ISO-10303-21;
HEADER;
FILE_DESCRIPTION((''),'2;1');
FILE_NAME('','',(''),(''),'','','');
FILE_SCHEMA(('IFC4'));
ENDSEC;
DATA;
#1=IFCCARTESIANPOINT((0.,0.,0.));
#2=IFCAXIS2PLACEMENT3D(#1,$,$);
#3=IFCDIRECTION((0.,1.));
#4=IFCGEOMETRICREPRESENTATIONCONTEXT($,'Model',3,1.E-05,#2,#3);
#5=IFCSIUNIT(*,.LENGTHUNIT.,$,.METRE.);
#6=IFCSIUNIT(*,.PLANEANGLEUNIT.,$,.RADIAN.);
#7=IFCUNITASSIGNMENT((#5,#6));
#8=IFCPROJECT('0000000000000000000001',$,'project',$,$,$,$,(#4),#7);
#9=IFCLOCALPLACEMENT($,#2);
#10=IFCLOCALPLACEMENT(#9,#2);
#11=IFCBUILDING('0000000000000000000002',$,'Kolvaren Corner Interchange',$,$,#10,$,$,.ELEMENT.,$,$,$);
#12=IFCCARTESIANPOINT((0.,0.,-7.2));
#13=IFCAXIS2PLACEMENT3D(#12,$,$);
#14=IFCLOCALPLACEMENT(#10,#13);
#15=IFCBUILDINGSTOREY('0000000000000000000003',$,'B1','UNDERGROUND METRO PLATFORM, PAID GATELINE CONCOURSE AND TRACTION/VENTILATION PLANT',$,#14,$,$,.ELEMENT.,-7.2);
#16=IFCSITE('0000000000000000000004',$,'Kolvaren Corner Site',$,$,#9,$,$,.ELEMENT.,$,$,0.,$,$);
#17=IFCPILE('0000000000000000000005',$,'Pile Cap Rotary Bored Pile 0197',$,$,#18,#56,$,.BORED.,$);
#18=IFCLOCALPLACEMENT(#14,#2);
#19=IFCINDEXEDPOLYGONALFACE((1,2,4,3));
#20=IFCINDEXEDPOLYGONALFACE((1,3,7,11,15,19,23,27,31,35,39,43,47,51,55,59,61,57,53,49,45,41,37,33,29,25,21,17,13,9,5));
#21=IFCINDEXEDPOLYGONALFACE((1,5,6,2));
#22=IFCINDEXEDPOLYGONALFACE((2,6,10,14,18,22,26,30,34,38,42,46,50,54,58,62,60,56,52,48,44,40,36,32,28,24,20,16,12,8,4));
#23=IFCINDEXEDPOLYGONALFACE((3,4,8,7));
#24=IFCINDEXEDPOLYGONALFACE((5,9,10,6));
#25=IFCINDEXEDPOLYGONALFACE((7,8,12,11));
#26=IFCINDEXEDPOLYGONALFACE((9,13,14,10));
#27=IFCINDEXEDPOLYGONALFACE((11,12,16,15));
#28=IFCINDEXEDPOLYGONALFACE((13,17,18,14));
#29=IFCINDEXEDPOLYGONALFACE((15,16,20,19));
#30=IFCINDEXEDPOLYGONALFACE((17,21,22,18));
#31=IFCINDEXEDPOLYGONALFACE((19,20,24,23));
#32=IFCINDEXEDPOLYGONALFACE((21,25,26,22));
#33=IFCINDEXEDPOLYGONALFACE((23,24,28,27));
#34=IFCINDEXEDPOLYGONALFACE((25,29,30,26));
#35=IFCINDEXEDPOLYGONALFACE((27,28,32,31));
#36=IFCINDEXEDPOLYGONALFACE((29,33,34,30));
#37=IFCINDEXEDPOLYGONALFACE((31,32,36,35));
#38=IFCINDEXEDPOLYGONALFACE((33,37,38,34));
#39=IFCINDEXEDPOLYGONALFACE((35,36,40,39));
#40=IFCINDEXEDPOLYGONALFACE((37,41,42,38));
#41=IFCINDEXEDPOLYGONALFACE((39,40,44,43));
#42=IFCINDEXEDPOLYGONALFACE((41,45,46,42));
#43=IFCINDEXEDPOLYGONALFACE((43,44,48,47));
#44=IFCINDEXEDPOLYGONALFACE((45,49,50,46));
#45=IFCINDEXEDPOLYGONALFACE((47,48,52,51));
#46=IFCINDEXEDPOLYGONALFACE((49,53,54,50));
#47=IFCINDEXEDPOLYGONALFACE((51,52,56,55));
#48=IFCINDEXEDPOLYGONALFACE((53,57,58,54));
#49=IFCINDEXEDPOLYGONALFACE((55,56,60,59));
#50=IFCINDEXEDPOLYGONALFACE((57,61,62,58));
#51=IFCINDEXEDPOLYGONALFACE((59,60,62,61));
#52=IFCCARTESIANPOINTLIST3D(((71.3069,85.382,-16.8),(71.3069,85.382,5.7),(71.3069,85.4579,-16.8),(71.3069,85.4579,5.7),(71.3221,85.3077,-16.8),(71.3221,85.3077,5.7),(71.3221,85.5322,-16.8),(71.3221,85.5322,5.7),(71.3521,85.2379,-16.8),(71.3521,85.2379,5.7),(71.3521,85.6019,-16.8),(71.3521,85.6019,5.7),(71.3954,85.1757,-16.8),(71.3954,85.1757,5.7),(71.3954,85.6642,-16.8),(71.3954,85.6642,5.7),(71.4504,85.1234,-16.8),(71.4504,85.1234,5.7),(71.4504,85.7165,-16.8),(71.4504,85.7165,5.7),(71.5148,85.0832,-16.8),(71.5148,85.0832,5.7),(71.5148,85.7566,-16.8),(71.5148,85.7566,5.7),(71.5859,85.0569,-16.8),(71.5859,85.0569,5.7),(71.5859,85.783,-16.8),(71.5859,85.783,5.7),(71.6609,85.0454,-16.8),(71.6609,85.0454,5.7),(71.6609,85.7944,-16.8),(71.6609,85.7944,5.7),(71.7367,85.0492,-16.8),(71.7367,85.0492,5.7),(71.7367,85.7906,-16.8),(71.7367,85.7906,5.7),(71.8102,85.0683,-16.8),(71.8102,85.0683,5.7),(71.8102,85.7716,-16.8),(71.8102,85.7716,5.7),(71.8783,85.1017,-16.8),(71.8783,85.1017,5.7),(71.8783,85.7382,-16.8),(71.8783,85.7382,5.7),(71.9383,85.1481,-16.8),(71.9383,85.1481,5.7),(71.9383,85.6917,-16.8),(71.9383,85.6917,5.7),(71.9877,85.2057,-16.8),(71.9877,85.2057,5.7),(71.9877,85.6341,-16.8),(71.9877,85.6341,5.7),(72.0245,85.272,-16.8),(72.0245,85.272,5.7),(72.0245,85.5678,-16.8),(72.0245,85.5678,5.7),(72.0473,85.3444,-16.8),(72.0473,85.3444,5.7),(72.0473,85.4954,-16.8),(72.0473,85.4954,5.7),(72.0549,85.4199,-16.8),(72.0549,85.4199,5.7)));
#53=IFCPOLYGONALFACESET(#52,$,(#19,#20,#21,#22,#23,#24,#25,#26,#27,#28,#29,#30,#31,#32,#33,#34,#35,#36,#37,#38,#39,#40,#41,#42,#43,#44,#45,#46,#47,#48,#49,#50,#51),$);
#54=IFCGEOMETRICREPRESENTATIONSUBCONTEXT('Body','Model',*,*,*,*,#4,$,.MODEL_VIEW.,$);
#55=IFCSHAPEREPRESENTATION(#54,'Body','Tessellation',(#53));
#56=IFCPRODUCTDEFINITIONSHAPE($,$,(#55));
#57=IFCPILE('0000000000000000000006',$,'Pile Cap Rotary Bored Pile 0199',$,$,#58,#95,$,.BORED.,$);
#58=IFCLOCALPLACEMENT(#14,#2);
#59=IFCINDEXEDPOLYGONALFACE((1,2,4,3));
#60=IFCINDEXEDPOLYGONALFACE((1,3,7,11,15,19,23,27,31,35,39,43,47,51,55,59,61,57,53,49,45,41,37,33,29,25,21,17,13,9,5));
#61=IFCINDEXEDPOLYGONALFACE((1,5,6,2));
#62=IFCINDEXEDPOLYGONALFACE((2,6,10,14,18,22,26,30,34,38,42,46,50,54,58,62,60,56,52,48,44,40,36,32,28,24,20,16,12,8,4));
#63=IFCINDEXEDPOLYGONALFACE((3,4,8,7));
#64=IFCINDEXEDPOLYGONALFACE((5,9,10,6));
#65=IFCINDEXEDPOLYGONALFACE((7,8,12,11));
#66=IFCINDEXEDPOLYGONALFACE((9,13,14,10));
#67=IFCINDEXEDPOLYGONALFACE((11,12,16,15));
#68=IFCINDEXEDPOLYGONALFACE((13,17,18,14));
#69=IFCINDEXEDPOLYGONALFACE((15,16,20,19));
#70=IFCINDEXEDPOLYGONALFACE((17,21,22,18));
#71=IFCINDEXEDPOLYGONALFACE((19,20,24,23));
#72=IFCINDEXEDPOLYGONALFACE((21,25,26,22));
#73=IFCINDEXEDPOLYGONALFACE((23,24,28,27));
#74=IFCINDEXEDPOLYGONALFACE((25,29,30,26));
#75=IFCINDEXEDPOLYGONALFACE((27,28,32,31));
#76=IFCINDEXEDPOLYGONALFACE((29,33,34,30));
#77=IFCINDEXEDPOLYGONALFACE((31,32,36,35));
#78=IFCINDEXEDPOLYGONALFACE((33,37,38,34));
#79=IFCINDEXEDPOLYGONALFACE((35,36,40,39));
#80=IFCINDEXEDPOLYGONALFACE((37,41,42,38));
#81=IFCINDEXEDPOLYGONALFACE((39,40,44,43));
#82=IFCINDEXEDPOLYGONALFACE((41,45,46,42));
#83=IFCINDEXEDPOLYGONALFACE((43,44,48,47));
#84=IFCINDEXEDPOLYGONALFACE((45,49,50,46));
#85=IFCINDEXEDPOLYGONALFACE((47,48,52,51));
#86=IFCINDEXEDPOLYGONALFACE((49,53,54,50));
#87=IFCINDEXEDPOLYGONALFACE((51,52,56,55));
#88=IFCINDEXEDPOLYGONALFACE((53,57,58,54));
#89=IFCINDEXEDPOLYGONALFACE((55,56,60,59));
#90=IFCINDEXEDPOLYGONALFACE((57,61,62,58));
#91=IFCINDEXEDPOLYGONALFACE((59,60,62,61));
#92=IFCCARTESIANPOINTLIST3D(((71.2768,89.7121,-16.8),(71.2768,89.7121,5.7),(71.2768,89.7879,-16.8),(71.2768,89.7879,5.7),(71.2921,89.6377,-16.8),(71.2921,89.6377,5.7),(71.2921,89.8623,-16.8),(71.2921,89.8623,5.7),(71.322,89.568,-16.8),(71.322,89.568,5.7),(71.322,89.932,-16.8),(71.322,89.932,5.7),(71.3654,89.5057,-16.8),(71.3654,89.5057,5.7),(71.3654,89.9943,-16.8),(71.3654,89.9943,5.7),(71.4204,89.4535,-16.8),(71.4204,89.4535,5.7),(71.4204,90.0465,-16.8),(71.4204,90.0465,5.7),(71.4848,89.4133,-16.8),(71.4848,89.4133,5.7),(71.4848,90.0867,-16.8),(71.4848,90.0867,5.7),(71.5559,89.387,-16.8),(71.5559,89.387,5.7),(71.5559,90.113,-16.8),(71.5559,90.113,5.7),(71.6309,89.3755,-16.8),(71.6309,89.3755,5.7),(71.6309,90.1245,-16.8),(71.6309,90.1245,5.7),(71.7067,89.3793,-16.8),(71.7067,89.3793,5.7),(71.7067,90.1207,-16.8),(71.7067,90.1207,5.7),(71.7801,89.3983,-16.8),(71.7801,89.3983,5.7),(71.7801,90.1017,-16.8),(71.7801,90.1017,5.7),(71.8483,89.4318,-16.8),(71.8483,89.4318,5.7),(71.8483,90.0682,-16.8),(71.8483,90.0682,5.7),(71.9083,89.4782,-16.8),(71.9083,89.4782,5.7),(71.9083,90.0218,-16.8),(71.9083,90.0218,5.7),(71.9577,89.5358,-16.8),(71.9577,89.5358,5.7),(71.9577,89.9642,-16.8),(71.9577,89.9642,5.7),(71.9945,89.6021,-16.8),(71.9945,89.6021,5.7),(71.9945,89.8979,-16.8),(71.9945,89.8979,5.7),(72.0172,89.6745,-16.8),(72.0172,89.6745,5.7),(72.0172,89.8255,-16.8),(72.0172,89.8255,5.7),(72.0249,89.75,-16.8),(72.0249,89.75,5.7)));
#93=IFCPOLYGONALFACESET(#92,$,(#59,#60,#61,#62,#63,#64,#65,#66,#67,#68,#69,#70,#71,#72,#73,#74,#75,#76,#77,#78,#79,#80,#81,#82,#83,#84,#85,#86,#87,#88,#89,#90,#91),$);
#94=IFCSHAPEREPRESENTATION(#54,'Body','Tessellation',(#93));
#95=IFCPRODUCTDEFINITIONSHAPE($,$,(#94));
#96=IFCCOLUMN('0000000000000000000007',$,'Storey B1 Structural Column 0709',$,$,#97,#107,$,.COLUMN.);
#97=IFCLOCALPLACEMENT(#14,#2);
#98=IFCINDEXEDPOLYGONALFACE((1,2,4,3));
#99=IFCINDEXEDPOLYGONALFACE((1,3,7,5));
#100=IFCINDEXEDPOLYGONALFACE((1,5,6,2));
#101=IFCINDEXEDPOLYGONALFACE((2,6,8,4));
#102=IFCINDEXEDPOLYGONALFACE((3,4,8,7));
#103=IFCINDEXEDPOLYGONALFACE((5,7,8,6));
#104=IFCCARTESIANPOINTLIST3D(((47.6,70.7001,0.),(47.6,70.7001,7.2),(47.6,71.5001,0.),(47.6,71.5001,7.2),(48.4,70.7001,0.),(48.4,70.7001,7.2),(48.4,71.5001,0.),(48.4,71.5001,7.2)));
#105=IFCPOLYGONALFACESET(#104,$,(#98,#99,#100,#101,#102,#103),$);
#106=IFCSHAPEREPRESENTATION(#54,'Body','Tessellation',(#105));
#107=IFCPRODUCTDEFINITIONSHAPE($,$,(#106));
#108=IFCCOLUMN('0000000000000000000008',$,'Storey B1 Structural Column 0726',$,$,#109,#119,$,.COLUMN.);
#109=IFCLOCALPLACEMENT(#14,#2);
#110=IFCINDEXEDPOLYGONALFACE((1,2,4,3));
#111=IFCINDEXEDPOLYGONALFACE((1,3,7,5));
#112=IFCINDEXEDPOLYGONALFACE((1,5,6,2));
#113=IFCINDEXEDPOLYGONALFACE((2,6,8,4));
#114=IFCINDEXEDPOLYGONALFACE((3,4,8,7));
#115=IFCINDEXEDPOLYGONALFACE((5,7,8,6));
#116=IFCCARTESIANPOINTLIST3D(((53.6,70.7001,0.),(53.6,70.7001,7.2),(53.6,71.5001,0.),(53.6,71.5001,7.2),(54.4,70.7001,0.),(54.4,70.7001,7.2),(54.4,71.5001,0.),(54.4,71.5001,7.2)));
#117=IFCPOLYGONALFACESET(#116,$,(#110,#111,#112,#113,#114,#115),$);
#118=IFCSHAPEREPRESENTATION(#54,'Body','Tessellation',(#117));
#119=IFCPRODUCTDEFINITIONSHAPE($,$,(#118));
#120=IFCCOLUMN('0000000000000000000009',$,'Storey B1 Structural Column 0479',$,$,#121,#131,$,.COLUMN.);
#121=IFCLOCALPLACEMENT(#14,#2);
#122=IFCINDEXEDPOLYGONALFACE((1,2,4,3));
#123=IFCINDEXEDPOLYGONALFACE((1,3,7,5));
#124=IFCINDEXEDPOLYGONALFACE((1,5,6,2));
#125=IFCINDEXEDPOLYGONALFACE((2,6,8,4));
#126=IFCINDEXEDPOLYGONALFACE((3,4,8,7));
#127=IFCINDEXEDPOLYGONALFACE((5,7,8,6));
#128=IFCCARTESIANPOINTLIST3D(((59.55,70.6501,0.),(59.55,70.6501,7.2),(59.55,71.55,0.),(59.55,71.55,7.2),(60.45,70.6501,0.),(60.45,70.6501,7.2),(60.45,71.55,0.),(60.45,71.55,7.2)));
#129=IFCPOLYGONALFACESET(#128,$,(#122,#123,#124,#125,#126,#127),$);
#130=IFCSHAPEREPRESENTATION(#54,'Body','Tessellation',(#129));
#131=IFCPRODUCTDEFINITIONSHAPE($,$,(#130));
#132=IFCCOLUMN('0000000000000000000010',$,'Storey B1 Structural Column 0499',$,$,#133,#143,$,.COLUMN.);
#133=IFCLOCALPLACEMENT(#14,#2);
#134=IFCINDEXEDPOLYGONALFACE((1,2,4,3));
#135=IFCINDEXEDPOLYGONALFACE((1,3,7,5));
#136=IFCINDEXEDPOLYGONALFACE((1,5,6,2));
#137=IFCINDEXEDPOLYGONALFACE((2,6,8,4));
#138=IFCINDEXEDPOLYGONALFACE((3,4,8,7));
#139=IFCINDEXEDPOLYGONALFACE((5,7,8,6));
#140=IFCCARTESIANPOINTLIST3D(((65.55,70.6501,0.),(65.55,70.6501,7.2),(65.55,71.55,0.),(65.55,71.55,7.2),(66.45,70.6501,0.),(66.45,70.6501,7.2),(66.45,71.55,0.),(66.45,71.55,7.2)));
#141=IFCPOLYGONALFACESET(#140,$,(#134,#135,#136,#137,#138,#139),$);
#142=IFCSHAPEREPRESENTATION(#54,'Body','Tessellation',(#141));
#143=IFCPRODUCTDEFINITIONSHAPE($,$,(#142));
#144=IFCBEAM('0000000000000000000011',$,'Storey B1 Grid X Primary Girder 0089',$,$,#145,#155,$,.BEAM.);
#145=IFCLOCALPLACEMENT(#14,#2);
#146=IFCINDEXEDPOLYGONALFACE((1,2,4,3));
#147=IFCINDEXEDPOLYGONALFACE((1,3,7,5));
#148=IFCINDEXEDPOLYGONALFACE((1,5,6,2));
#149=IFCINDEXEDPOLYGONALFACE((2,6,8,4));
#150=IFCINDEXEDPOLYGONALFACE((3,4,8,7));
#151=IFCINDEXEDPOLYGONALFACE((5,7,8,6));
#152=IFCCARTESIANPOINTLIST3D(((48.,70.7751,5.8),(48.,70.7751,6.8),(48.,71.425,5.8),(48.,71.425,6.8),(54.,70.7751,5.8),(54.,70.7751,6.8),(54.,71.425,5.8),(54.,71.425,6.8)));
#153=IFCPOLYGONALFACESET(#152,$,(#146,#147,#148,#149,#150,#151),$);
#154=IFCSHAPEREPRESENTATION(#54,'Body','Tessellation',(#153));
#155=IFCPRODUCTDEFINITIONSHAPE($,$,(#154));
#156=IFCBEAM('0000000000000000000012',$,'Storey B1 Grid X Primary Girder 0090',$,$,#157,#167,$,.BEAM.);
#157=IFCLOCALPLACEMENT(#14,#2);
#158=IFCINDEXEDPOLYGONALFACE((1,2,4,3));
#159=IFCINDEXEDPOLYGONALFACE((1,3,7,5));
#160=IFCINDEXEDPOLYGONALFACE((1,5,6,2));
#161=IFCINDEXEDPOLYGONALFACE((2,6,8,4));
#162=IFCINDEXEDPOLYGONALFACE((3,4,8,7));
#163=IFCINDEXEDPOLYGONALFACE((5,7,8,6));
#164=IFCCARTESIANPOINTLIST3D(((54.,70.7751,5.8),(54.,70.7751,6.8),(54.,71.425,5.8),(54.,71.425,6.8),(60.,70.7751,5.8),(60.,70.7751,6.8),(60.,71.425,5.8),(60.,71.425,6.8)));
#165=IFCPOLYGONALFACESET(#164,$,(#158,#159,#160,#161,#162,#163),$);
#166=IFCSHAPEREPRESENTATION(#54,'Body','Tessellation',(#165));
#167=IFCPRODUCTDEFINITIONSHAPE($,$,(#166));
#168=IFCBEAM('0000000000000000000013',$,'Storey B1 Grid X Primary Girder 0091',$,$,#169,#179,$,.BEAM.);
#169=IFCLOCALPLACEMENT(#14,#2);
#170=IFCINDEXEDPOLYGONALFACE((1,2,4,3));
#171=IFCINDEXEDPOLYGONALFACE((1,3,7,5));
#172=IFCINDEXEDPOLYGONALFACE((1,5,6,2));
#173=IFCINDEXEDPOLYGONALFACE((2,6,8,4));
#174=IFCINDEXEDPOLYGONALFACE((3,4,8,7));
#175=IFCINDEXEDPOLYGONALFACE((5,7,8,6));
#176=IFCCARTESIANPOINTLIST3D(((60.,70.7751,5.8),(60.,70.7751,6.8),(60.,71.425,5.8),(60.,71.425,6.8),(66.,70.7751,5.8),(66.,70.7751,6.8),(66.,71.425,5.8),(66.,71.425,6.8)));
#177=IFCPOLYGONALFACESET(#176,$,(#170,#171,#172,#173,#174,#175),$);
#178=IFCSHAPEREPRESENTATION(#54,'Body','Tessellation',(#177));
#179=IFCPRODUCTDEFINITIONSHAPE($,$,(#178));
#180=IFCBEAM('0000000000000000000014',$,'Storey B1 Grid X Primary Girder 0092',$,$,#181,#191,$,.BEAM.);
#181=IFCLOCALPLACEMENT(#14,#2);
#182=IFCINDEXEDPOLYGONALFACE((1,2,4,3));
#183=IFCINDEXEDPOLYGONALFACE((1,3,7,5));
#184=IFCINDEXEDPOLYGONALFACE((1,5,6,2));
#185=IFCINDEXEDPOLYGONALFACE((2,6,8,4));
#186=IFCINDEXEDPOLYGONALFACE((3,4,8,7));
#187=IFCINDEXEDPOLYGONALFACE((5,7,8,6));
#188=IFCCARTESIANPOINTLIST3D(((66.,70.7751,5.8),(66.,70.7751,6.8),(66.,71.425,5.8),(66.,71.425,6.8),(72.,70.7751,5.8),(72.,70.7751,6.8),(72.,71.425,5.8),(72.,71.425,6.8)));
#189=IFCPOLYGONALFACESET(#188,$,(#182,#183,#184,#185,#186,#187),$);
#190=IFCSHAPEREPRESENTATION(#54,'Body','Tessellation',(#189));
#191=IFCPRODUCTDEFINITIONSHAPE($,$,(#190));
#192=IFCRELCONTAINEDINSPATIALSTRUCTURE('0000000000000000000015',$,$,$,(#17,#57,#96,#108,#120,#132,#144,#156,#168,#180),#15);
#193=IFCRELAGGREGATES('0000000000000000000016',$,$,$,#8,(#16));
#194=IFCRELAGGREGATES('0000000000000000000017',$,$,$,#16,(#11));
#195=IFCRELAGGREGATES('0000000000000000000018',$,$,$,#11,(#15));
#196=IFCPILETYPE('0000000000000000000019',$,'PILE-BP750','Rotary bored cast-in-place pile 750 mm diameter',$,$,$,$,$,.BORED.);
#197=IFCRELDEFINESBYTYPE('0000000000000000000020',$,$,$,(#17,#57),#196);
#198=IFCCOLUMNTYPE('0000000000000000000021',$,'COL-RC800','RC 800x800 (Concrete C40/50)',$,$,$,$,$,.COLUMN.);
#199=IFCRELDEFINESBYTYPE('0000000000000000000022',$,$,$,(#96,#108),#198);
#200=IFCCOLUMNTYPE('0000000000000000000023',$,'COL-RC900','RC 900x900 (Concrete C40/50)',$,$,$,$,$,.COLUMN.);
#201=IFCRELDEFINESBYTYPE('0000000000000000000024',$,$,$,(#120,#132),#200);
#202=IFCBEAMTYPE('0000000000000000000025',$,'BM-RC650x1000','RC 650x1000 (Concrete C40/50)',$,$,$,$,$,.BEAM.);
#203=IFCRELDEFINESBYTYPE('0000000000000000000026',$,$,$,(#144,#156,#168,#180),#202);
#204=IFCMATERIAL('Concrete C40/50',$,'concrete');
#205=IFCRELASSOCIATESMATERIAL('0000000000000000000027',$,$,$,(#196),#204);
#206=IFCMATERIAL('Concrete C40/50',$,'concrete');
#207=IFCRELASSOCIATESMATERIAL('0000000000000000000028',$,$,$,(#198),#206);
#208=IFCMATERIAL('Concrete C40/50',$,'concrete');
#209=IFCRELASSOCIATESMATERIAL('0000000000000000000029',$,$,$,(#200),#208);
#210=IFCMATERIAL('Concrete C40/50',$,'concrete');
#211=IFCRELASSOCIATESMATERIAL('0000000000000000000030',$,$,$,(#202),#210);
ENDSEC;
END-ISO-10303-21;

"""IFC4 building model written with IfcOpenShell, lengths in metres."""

from ifc_helpers import new_model, si_unit, direction, frame, origin, origin_2d, place, context, subcontext, project, spatial, rectangle, circle, extrude, material, material_profile, profile_set, type_object, element, save


model = new_model("IFC4")

# Units and contexts
model_context = context("Model", 3, precision=1e-05, world=origin(), true_north=direction((0.0, 1.0)))
body_context = subcontext(model_context, "Body", "Model", "MODEL_VIEW")
ifc_project = project(units=[si_unit("LENGTHUNIT", "METRE"), si_unit("PLANEANGLEUNIT", "RADIAN")], contexts=[model_context])

# Site, building, storey
site_placement = place(None, origin())
site = spatial("IfcSite", under=ifc_project, at=site_placement, Name="Kolvaren Corner Site", CompositionType="ELEMENT", RefElevation=0.0)
building_placement = place(site_placement, origin())
building = spatial("IfcBuilding", under=site, at=building_placement, Name="Kolvaren Corner Interchange", CompositionType="ELEMENT")
storey_placement = place(building_placement, frame((0.0, 0.0, -7.2)))
storey = spatial("IfcBuildingStorey", under=building, at=storey_placement, Name="B1", Description="UNDERGROUND METRO PLATFORM, PAID GATELINE CONCOURSE AND TRACTION/VENTILATION PLANT", CompositionType="ELEMENT", Elevation=-7.2)

# Piles
ifc_material_1 = material(Name="Concrete C40/50", Category="concrete")
ifc_material_profile_1 = material_profile(ifc_material_1, circle(Radius=0.375, at=origin_2d()), Name="BORED PILE 750")
ifc_profile_set_1 = profile_set([ifc_material_profile_1], Name="Concrete C40/50")
pile_type_1 = type_object("IfcPileType", Name="PILE-BP750", Description="Rotary bored cast-in-place pile 750 mm diameter", PredefinedType="BORED", material=ifc_profile_set_1)
for number, where, z_axis, x_axis, name in (
    (1, (71.6799, 85.4199, 5.7), (0.0, 0.0, -1.0), (1.0, 0.0, 0.0), "Pile Cap Rotary Bored Pile 0197"),
    (2, (71.6499, 89.75, 5.7), (0.0, 0.0, -1.0), (1.0, 0.0, 0.0), "Pile Cap Rotary Bored Pile 0199"),
):
    element("IfcPile", number, at=place(storey_placement, frame(where, z_axis=z_axis, x_axis=x_axis)), inside=storey, type_object=pile_type_1, Name=name, PredefinedType="BORED", context=body_context, shape_type="SweptSolid", body=[
        extrude(circle(Radius=0.375, at=origin_2d()), origin(), (0.0, 0.0, 1.0), 22.5),
    ])

# Columns
ifc_material_2 = material(Name="Concrete C40/50", Category="concrete")
ifc_material_profile_2 = material_profile(ifc_material_2, rectangle(XDim=0.8, YDim=0.8, at=origin_2d()), Name="RC 800x800")
ifc_profile_set_2 = profile_set([ifc_material_profile_2], Name="Concrete C40/50")
column_type_1 = type_object("IfcColumnType", Name="COL-RC800", Description="RC 800x800 (Concrete C40/50)", PredefinedType="COLUMN", material=ifc_profile_set_2)
for number, where, z_axis, x_axis, name in (
    (3, (48.0, 71.1001, 0.0), (0.0, 0.0, 1.0), (1.0, 0.0, 0.0), "Storey B1 Structural Column 0709"),
    (4, (54.0, 71.1001, 0.0), (0.0, 0.0, 1.0), (1.0, 0.0, 0.0), "Storey B1 Structural Column 0726"),
):
    element("IfcColumn", number, at=place(storey_placement, frame(where, z_axis=z_axis, x_axis=x_axis)), inside=storey, type_object=column_type_1, Name=name, PredefinedType="COLUMN", context=body_context, shape_type="SweptSolid", body=[
        extrude(rectangle(XDim=0.8, YDim=0.8, at=origin_2d()), origin(), (0.0, 0.0, 1.0), 7.2),
    ])
ifc_material_3 = material(Name="Concrete C40/50", Category="concrete")
ifc_material_profile_3 = material_profile(ifc_material_3, rectangle(XDim=0.8999, YDim=0.8999, at=origin_2d()), Name="RC 900x900")
ifc_profile_set_3 = profile_set([ifc_material_profile_3], Name="Concrete C40/50")
column_type_2 = type_object("IfcColumnType", Name="COL-RC900", Description="RC 900x900 (Concrete C40/50)", PredefinedType="COLUMN", material=ifc_profile_set_3)
for number, where, z_axis, x_axis, name in (
    (5, (60.0, 71.1001, 0.0), (0.0, 0.0, 1.0), (1.0, 0.0, 0.0), "Storey B1 Structural Column 0479"),
    (6, (66.0, 71.1001, 0.0), (0.0, 0.0, 1.0), (1.0, 0.0, 0.0), "Storey B1 Structural Column 0499"),
):
    element("IfcColumn", number, at=place(storey_placement, frame(where, z_axis=z_axis, x_axis=x_axis)), inside=storey, type_object=column_type_2, Name=name, PredefinedType="COLUMN", context=body_context, shape_type="SweptSolid", body=[
        extrude(rectangle(XDim=0.8999, YDim=0.8999, at=origin_2d()), origin(), (0.0, 0.0, 1.0), 7.2),
    ])

# Beams
ifc_material_4 = material(Name="Concrete C40/50", Category="concrete")
ifc_material_profile_4 = material_profile(ifc_material_4, rectangle(XDim=0.6499, YDim=1.0, at=origin_2d()), Name="RC 650x1000")
ifc_profile_set_4 = profile_set([ifc_material_profile_4], Name="Concrete C40/50")
beam_type = type_object("IfcBeamType", Name="BM-RC650x1000", Description="RC 650x1000 (Concrete C40/50)", PredefinedType="BEAM", material=ifc_profile_set_4)
for number, where, z_axis, x_axis, name in (
    (7, (48.0, 71.1001, 6.3), (1.0, 0.0, 0.0), (0.0, 1.0, 0.0), "Storey B1 Grid X Primary Girder 0089"),
    (8, (54.0, 71.1001, 6.3), (1.0, 0.0, 0.0), (0.0, 1.0, 0.0), "Storey B1 Grid X Primary Girder 0090"),
    (9, (60.0, 71.1001, 6.3), (1.0, 0.0, 0.0), (0.0, 1.0, 0.0), "Storey B1 Grid X Primary Girder 0091"),
    (10, (66.0, 71.1001, 6.3), (1.0, 0.0, 0.0), (0.0, 1.0, 0.0), "Storey B1 Grid X Primary Girder 0092"),
):
    element("IfcBeam", number, at=place(storey_placement, frame(where, z_axis=z_axis, x_axis=x_axis)), inside=storey, type_object=beam_type, Name=name, PredefinedType="BEAM", context=body_context, shape_type="SweptSolid", body=[
        extrude(rectangle(XDim=0.6499, YDim=1.0, at=origin_2d()), origin(), (0.0, 0.0, 1.0), 6.0),
    ])

save(model, "model.ifc")
